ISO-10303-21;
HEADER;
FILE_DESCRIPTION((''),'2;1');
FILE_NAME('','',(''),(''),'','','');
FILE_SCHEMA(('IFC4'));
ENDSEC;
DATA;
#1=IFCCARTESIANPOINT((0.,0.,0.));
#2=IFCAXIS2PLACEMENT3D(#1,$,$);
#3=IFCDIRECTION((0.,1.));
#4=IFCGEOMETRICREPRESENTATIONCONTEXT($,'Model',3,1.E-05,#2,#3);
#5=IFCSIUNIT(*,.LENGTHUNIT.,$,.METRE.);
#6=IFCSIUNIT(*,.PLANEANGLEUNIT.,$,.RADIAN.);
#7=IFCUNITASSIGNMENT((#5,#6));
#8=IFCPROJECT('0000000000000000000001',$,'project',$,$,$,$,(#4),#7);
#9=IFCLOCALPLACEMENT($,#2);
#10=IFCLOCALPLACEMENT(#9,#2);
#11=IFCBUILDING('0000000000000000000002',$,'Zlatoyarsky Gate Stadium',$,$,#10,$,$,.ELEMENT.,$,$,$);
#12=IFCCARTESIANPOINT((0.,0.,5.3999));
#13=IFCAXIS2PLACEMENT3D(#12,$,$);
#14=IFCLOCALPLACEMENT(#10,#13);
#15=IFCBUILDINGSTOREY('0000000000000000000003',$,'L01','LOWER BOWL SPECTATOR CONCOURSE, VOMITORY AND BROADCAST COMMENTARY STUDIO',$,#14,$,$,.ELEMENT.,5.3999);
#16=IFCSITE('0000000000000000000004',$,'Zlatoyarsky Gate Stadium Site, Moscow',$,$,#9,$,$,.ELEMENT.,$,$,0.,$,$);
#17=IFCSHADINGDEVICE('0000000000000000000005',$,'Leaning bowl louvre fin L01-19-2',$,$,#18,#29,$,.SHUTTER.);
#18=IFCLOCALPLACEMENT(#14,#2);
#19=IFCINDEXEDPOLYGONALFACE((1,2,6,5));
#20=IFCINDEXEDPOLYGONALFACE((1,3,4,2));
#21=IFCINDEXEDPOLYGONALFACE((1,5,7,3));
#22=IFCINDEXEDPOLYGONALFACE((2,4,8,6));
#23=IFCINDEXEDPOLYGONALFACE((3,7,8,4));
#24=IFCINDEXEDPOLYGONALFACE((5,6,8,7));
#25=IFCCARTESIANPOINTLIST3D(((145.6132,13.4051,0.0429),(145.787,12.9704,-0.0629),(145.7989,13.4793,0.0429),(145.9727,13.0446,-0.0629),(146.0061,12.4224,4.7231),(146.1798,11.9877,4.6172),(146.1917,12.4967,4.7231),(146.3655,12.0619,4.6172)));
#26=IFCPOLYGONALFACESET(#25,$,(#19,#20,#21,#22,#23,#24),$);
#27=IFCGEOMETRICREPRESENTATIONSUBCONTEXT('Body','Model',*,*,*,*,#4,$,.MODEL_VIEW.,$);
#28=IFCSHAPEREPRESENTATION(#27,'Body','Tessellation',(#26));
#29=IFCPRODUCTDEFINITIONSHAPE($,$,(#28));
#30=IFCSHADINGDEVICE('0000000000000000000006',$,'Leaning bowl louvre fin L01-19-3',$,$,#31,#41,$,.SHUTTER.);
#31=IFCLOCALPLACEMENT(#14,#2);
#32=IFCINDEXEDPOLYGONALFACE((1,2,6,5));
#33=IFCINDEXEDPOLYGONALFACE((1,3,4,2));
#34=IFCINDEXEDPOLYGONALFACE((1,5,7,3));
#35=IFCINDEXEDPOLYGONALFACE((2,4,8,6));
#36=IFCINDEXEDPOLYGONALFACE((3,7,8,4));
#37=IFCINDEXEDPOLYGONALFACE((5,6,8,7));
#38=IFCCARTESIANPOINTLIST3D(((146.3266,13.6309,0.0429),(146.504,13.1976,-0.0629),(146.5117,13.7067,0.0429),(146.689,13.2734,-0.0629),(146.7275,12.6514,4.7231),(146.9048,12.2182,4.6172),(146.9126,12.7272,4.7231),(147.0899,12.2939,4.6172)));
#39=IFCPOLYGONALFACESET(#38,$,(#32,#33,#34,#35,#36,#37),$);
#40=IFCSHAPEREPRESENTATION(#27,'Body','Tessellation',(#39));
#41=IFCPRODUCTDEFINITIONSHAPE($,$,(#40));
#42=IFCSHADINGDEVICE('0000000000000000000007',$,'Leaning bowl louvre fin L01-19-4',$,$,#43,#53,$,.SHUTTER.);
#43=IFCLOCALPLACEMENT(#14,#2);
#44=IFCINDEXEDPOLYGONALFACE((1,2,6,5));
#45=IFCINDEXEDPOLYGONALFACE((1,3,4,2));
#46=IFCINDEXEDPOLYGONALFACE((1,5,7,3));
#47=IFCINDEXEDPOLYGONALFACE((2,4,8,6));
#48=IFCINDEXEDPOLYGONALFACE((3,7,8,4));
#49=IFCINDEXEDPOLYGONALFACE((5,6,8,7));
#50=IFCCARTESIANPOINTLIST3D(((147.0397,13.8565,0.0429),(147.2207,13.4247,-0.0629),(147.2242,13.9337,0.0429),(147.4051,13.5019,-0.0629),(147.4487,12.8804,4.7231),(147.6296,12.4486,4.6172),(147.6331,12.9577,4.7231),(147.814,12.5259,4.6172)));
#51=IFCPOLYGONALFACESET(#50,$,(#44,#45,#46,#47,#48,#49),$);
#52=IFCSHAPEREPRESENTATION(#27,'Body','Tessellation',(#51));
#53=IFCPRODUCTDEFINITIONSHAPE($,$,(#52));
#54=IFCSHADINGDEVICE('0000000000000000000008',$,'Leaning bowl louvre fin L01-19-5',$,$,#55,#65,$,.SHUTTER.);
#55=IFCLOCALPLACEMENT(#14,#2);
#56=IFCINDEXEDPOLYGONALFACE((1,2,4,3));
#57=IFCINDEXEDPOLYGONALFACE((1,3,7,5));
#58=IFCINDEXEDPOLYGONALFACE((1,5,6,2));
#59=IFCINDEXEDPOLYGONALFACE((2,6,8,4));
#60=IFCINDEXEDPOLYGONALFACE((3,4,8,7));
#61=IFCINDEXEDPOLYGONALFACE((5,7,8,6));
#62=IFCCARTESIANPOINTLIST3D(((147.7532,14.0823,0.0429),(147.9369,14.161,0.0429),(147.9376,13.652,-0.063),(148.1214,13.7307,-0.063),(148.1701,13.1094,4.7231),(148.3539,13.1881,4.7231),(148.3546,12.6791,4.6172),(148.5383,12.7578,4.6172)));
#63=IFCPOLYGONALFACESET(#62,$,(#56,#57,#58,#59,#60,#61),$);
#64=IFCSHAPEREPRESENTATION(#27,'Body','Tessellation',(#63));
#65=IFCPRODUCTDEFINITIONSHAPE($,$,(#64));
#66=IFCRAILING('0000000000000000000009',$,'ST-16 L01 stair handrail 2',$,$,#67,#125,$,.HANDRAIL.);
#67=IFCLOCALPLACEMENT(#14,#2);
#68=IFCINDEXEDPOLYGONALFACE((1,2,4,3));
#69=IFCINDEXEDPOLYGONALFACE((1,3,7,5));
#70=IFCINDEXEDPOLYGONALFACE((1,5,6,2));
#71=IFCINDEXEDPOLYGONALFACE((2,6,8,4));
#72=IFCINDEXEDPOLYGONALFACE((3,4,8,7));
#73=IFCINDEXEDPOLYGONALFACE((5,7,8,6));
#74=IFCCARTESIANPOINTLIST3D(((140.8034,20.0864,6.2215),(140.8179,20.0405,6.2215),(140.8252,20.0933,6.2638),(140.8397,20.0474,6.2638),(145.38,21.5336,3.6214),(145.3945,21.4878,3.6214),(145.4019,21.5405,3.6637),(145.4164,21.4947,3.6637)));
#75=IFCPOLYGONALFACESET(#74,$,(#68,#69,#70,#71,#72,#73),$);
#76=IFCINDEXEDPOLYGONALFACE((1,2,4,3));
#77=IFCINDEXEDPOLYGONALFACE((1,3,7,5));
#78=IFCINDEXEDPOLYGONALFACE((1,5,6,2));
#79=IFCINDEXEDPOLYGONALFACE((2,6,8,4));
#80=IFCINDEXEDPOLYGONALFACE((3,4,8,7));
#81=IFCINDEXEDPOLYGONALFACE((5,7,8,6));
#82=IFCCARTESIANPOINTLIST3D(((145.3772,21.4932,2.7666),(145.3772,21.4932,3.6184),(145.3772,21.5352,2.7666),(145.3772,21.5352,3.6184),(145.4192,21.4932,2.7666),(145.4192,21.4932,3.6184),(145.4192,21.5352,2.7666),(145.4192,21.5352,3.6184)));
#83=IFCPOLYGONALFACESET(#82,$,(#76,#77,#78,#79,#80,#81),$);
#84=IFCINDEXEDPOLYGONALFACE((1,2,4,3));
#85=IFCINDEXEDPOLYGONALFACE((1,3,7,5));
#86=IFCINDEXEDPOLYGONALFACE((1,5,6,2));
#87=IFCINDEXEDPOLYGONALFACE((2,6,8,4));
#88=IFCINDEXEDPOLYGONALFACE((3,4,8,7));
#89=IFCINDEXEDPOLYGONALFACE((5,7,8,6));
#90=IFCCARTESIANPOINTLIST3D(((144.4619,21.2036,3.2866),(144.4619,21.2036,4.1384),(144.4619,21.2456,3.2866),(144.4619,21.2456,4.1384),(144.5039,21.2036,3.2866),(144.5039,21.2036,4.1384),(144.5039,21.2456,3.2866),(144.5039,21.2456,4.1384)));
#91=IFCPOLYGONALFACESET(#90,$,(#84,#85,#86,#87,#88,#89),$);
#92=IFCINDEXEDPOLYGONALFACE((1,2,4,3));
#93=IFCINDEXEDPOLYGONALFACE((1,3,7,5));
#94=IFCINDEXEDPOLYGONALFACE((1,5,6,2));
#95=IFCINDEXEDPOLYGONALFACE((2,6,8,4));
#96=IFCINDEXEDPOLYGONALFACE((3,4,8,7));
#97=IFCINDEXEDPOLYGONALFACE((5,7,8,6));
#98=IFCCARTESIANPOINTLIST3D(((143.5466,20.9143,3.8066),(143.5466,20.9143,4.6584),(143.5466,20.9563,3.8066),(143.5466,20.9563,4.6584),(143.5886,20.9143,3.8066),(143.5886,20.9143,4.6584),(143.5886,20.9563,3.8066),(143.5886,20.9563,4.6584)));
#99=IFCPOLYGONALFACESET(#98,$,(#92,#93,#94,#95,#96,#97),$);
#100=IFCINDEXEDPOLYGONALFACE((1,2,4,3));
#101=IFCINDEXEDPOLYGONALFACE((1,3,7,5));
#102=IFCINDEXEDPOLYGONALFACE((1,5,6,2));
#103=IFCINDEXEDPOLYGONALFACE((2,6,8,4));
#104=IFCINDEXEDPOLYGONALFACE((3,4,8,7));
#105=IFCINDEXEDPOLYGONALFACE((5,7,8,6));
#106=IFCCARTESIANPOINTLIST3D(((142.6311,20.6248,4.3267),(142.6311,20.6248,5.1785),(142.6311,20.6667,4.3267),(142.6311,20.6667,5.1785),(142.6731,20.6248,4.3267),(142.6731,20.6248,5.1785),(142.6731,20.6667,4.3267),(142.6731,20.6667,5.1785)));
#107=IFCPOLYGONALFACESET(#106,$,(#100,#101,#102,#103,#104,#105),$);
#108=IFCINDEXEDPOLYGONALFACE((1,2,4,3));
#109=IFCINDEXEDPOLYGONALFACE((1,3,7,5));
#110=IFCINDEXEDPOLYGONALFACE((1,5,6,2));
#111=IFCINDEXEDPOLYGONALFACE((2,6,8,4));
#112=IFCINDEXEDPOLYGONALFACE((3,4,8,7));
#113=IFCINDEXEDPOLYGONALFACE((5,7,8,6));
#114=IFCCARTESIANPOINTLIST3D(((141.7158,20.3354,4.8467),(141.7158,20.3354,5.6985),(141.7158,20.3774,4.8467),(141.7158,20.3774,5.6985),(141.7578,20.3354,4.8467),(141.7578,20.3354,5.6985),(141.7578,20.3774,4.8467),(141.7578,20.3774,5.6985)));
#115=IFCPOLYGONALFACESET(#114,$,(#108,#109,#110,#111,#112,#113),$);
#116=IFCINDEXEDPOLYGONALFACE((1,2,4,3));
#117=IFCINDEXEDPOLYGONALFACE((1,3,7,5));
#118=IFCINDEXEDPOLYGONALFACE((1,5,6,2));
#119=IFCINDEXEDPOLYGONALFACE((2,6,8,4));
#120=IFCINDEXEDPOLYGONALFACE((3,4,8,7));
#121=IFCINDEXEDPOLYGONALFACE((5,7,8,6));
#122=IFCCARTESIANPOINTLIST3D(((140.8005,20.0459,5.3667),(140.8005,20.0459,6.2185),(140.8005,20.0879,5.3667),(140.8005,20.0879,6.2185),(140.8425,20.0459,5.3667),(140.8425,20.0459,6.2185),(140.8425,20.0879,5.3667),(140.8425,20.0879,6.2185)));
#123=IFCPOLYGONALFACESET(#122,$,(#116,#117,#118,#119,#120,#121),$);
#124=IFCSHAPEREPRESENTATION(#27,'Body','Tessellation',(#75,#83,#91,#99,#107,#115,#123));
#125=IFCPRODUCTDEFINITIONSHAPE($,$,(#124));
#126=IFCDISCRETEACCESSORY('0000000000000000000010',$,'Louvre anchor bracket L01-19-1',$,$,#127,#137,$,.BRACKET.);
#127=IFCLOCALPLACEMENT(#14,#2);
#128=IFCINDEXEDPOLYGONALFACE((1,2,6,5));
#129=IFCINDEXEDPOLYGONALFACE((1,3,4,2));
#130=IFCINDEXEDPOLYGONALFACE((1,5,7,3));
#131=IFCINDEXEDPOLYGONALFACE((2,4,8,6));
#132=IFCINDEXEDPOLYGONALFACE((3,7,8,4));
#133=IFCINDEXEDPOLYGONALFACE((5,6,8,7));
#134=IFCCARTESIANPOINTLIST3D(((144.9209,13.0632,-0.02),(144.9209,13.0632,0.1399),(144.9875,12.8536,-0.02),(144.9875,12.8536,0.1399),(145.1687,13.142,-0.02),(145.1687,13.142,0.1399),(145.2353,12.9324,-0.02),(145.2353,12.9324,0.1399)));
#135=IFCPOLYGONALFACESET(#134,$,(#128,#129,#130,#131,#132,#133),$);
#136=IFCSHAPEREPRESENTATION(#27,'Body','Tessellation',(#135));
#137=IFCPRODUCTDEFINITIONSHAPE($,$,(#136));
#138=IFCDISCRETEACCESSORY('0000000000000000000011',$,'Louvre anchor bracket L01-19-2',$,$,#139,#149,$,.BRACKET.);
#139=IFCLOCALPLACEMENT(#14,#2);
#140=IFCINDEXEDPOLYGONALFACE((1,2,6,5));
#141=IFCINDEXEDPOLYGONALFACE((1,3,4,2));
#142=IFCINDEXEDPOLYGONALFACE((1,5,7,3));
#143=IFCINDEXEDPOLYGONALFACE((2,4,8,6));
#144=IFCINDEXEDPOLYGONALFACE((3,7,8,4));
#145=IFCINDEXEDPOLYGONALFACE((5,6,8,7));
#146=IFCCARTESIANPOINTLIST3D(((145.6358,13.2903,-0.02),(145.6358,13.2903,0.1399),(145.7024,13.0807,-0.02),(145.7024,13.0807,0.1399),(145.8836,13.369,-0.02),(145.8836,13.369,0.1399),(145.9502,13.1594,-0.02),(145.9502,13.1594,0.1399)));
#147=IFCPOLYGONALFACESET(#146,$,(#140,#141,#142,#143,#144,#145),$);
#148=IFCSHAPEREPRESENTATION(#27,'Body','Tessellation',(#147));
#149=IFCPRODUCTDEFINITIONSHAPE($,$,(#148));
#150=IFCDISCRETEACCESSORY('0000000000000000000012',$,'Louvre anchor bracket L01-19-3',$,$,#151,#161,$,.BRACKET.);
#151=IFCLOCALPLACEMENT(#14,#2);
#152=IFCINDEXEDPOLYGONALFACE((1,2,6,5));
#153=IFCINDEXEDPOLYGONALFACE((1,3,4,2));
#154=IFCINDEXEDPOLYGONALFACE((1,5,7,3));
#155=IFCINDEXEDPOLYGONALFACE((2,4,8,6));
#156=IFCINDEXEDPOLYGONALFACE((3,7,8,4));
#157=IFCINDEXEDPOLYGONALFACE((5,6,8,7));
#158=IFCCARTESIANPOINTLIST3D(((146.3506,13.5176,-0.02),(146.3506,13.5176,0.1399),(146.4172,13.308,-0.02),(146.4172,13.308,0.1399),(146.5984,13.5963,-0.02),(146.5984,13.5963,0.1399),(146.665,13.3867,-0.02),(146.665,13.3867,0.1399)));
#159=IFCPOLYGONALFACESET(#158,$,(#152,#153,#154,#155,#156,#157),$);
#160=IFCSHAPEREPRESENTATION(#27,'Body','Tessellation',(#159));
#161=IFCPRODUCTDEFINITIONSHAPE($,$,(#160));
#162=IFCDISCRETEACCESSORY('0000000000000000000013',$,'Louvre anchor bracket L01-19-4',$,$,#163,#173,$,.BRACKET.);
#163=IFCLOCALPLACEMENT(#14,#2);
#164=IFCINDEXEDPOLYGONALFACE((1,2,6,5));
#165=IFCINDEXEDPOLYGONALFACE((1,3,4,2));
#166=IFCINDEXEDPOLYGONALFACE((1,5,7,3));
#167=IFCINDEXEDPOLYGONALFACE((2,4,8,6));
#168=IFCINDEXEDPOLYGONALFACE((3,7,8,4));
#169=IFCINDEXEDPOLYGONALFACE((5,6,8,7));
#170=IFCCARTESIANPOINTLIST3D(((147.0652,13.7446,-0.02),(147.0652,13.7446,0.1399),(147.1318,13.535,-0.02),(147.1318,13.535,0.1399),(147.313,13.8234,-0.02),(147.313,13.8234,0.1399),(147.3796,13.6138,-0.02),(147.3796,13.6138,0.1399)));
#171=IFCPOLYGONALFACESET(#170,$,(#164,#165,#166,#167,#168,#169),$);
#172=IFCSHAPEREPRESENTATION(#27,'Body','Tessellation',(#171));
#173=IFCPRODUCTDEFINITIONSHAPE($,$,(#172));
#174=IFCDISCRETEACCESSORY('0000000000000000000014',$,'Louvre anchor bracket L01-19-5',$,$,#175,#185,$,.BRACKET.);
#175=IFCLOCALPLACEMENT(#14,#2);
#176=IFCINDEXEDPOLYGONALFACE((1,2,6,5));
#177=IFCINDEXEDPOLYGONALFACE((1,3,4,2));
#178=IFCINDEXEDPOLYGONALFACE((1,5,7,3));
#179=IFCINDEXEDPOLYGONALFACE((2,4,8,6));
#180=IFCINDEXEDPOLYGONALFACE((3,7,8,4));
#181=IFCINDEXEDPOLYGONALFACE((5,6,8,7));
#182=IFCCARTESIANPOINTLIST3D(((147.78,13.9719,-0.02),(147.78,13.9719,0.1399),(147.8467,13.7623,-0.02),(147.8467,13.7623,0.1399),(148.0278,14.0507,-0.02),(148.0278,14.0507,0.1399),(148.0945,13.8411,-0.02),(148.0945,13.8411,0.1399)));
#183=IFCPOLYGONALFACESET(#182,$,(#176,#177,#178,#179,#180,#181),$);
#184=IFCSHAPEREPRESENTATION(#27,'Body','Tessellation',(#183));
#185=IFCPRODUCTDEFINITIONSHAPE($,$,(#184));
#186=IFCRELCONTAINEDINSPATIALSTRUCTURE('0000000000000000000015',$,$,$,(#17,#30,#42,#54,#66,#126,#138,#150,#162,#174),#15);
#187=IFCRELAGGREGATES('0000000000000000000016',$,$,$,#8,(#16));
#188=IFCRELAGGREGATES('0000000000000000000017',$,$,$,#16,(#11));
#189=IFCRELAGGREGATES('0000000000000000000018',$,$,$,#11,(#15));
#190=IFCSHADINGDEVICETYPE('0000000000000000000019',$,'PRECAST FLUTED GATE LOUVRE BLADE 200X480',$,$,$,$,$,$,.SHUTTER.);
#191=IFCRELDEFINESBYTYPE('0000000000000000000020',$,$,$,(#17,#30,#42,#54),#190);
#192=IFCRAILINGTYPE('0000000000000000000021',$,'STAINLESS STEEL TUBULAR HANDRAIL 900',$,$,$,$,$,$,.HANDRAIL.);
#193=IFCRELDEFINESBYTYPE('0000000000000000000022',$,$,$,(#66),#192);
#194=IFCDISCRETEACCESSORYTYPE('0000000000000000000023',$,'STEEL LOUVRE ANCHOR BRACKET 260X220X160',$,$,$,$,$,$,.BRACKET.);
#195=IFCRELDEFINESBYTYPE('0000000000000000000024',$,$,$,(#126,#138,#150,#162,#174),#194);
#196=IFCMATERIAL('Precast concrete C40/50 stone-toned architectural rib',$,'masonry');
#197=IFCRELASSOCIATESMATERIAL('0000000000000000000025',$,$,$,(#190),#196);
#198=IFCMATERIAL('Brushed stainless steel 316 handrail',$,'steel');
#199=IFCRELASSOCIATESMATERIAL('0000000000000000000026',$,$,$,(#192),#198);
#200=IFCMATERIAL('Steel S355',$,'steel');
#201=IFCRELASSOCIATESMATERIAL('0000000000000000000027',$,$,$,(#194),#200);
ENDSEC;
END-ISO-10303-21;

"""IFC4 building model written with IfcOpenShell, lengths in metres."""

from ifc_helpers import new_model, si_unit, direction, frame, origin, origin_2d, place, context, subcontext, project, spatial, rectangle, extrude, material, material_profile, profile_set, type_object, element, save


model = new_model("IFC4")

# Units and contexts
model_context = context("Model", 3, precision=1e-05, world=origin(), true_north=direction((0.0, 1.0)))
body_context = subcontext(model_context, "Body", "Model", "MODEL_VIEW")
ifc_project = project(units=[si_unit("LENGTHUNIT", "METRE"), si_unit("PLANEANGLEUNIT", "RADIAN")], contexts=[model_context])

# Site, building, storey
site_placement = place(None, origin())
site = spatial("IfcSite", under=ifc_project, at=site_placement, Name="Zlatoyarsky Gate Stadium Site, Moscow", CompositionType="ELEMENT", RefElevation=0.0)
building_placement = place(site_placement, origin())
building = spatial("IfcBuilding", under=site, at=building_placement, Name="Zlatoyarsky Gate Stadium", CompositionType="ELEMENT")
storey_placement = place(building_placement, frame((0.0, 0.0, 5.3999)))
storey = spatial("IfcBuildingStorey", under=building, at=storey_placement, Name="L01", Description="LOWER BOWL SPECTATOR CONCOURSE, VOMITORY AND BROADCAST COMMENTARY STUDIO", CompositionType="ELEMENT", Elevation=5.3999)

# Shared definitions
ifc_material_1 = material(Name="Steel S355", Category="steel")

# Shading devices
ifc_material_2 = material(Name="Precast concrete C40/50 stone-toned architectural rib", Category="masonry")
ifc_material_profile_1 = material_profile(ifc_material_2, rectangle(XDim=0.2, YDim=0.48, at=origin_2d()), Name="RIB 200X480")
ifc_profile_set_1 = profile_set([ifc_material_profile_1], Name="Precast concrete C40/50 stone-toned architectural rib")
shading_device_type = type_object("IfcShadingDeviceType", Name="PRECAST FLUTED GATE LOUVRE BLADE 200X480", PredefinedType="SHUTTER", material=ifc_profile_set_1)
for number, where, z_axis, x_axis, name in (
    (1, (145.793, 13.2249, -0.01), (0.081866, -0.204793, 0.975376), (0.928556, 0.371192, 0.0), "Leaning bowl louvre fin L01-19-2"),
    (2, (146.5078, 13.4521, -0.01), (0.083545, -0.204131, 0.975372), (0.925488, 0.378777, 0.0), "Leaning bowl louvre fin L01-19-3"),
    (3, (147.2224, 13.6792, -0.01), (0.085225, -0.203419, 0.975375), (0.922324, 0.386417, 0.0), "Leaning bowl louvre fin L01-19-4"),
    (4, (147.9373, 13.9065, -0.01), (0.086903, -0.202756, 0.975366), (0.919133, 0.393947, 0.0), "Leaning bowl louvre fin L01-19-5"),
):
    element("IfcShadingDevice", number, at=place(storey_placement, frame(where, z_axis=z_axis, x_axis=x_axis)), inside=storey, type_object=shading_device_type, Name=name, PredefinedType="SHUTTER", context=body_context, shape_type="SweptSolid", body=[
        extrude(rectangle(XDim=0.2, YDim=0.48, at=origin_2d()), origin(), (0.0, 0.0, 1.0), 4.7983),
    ])

# Railing
ifc_material_3 = material(Name="Brushed stainless steel 316 handrail", Category="steel")
railing_type_1 = type_object("IfcRailingType", Name="STAINLESS STEEL TUBULAR HANDRAIL 900", PredefinedType="HANDRAIL", material=ifc_material_3)
railing_1_placement = place(storey_placement, frame((145.3982, 21.5142, 2.7666)))
element("IfcRailing", 5, at=railing_1_placement, inside=storey, type_object=railing_type_1, Name="ST-16 L01 stair handrail 2", PredefinedType="HANDRAIL", context=body_context, shape_type="SweptSolid", body=[
    extrude(rectangle(XDim=0.0481, YDim=0.0481, at=origin_2d()), frame((0.0, 0.0, 0.876), z_axis=(-0.838367, -0.265115, 0.476294), x_axis=(0.301511, -0.953463, 0.0)), (0.0, 0.0, 1.0), 5.459),
    extrude(rectangle(XDim=0.042, YDim=0.042, at=origin_2d()), origin(), (0.0, 0.0, 1.0), 0.8518),
    extrude(rectangle(XDim=0.042, YDim=0.042, at=origin_2d()), frame((-0.9153, -0.2896, 0.52)), (0.0, 0.0, 1.0), 0.8518),
    extrude(rectangle(XDim=0.042, YDim=0.042, at=origin_2d()), frame((-1.8306, -0.5789, 1.04)), (0.0, 0.0, 1.0), 0.8518),
    extrude(rectangle(XDim=0.042, YDim=0.042, at=origin_2d()), frame((-2.7461, -0.8684, 1.5601)), (0.0, 0.0, 1.0), 0.8518),
    extrude(rectangle(XDim=0.042, YDim=0.042, at=origin_2d()), frame((-3.6614, -1.1577, 2.0801)), (0.0, 0.0, 1.0), 0.8518),
    extrude(rectangle(XDim=0.042, YDim=0.042, at=origin_2d()), frame((-4.5767, -1.4473, 2.6001)), (0.0, 0.0, 1.0), 0.8518),
])

# Discrete accessories
discrete_accessory_type = type_object("IfcDiscreteAccessoryType", Name="STEEL LOUVRE ANCHOR BRACKET 260X220X160", PredefinedType="BRACKET", material=ifc_material_1)
for number, where, z_axis, x_axis, name in (
    (6, (145.0781, 12.9978, -0.02), (0.0, 0.0, 1.0), (0.953027, 0.302886, 0.0), "Louvre anchor bracket L01-19-1"),
    (7, (145.793, 13.2249, -0.02), (0.0, 0.0, 1.0), (0.953027, 0.302886, 0.0), "Louvre anchor bracket L01-19-2"),
    (8, (146.5078, 13.4521, -0.02), (0.0, 0.0, 1.0), (0.953027, 0.302886, 0.0), "Louvre anchor bracket L01-19-3"),
    (9, (147.2224, 13.6792, -0.02), (0.0, 0.0, 1.0), (0.953027, 0.302886, 0.0), "Louvre anchor bracket L01-19-4"),
    (10, (147.9373, 13.9065, -0.02), (0.0, 0.0, 1.0), (0.953027, 0.302886, 0.0), "Louvre anchor bracket L01-19-5"),
):
    element("IfcDiscreteAccessory", number, at=place(storey_placement, frame(where, z_axis=z_axis, x_axis=x_axis)), inside=storey, type_object=discrete_accessory_type, Name=name, PredefinedType="BRACKET", context=body_context, shape_type="SweptSolid", body=[
        extrude(rectangle(XDim=0.26, YDim=0.22, at=origin_2d()), origin(), (0.0, 0.0, 1.0), 0.1599),
    ])

save(model, "model.ifc")
